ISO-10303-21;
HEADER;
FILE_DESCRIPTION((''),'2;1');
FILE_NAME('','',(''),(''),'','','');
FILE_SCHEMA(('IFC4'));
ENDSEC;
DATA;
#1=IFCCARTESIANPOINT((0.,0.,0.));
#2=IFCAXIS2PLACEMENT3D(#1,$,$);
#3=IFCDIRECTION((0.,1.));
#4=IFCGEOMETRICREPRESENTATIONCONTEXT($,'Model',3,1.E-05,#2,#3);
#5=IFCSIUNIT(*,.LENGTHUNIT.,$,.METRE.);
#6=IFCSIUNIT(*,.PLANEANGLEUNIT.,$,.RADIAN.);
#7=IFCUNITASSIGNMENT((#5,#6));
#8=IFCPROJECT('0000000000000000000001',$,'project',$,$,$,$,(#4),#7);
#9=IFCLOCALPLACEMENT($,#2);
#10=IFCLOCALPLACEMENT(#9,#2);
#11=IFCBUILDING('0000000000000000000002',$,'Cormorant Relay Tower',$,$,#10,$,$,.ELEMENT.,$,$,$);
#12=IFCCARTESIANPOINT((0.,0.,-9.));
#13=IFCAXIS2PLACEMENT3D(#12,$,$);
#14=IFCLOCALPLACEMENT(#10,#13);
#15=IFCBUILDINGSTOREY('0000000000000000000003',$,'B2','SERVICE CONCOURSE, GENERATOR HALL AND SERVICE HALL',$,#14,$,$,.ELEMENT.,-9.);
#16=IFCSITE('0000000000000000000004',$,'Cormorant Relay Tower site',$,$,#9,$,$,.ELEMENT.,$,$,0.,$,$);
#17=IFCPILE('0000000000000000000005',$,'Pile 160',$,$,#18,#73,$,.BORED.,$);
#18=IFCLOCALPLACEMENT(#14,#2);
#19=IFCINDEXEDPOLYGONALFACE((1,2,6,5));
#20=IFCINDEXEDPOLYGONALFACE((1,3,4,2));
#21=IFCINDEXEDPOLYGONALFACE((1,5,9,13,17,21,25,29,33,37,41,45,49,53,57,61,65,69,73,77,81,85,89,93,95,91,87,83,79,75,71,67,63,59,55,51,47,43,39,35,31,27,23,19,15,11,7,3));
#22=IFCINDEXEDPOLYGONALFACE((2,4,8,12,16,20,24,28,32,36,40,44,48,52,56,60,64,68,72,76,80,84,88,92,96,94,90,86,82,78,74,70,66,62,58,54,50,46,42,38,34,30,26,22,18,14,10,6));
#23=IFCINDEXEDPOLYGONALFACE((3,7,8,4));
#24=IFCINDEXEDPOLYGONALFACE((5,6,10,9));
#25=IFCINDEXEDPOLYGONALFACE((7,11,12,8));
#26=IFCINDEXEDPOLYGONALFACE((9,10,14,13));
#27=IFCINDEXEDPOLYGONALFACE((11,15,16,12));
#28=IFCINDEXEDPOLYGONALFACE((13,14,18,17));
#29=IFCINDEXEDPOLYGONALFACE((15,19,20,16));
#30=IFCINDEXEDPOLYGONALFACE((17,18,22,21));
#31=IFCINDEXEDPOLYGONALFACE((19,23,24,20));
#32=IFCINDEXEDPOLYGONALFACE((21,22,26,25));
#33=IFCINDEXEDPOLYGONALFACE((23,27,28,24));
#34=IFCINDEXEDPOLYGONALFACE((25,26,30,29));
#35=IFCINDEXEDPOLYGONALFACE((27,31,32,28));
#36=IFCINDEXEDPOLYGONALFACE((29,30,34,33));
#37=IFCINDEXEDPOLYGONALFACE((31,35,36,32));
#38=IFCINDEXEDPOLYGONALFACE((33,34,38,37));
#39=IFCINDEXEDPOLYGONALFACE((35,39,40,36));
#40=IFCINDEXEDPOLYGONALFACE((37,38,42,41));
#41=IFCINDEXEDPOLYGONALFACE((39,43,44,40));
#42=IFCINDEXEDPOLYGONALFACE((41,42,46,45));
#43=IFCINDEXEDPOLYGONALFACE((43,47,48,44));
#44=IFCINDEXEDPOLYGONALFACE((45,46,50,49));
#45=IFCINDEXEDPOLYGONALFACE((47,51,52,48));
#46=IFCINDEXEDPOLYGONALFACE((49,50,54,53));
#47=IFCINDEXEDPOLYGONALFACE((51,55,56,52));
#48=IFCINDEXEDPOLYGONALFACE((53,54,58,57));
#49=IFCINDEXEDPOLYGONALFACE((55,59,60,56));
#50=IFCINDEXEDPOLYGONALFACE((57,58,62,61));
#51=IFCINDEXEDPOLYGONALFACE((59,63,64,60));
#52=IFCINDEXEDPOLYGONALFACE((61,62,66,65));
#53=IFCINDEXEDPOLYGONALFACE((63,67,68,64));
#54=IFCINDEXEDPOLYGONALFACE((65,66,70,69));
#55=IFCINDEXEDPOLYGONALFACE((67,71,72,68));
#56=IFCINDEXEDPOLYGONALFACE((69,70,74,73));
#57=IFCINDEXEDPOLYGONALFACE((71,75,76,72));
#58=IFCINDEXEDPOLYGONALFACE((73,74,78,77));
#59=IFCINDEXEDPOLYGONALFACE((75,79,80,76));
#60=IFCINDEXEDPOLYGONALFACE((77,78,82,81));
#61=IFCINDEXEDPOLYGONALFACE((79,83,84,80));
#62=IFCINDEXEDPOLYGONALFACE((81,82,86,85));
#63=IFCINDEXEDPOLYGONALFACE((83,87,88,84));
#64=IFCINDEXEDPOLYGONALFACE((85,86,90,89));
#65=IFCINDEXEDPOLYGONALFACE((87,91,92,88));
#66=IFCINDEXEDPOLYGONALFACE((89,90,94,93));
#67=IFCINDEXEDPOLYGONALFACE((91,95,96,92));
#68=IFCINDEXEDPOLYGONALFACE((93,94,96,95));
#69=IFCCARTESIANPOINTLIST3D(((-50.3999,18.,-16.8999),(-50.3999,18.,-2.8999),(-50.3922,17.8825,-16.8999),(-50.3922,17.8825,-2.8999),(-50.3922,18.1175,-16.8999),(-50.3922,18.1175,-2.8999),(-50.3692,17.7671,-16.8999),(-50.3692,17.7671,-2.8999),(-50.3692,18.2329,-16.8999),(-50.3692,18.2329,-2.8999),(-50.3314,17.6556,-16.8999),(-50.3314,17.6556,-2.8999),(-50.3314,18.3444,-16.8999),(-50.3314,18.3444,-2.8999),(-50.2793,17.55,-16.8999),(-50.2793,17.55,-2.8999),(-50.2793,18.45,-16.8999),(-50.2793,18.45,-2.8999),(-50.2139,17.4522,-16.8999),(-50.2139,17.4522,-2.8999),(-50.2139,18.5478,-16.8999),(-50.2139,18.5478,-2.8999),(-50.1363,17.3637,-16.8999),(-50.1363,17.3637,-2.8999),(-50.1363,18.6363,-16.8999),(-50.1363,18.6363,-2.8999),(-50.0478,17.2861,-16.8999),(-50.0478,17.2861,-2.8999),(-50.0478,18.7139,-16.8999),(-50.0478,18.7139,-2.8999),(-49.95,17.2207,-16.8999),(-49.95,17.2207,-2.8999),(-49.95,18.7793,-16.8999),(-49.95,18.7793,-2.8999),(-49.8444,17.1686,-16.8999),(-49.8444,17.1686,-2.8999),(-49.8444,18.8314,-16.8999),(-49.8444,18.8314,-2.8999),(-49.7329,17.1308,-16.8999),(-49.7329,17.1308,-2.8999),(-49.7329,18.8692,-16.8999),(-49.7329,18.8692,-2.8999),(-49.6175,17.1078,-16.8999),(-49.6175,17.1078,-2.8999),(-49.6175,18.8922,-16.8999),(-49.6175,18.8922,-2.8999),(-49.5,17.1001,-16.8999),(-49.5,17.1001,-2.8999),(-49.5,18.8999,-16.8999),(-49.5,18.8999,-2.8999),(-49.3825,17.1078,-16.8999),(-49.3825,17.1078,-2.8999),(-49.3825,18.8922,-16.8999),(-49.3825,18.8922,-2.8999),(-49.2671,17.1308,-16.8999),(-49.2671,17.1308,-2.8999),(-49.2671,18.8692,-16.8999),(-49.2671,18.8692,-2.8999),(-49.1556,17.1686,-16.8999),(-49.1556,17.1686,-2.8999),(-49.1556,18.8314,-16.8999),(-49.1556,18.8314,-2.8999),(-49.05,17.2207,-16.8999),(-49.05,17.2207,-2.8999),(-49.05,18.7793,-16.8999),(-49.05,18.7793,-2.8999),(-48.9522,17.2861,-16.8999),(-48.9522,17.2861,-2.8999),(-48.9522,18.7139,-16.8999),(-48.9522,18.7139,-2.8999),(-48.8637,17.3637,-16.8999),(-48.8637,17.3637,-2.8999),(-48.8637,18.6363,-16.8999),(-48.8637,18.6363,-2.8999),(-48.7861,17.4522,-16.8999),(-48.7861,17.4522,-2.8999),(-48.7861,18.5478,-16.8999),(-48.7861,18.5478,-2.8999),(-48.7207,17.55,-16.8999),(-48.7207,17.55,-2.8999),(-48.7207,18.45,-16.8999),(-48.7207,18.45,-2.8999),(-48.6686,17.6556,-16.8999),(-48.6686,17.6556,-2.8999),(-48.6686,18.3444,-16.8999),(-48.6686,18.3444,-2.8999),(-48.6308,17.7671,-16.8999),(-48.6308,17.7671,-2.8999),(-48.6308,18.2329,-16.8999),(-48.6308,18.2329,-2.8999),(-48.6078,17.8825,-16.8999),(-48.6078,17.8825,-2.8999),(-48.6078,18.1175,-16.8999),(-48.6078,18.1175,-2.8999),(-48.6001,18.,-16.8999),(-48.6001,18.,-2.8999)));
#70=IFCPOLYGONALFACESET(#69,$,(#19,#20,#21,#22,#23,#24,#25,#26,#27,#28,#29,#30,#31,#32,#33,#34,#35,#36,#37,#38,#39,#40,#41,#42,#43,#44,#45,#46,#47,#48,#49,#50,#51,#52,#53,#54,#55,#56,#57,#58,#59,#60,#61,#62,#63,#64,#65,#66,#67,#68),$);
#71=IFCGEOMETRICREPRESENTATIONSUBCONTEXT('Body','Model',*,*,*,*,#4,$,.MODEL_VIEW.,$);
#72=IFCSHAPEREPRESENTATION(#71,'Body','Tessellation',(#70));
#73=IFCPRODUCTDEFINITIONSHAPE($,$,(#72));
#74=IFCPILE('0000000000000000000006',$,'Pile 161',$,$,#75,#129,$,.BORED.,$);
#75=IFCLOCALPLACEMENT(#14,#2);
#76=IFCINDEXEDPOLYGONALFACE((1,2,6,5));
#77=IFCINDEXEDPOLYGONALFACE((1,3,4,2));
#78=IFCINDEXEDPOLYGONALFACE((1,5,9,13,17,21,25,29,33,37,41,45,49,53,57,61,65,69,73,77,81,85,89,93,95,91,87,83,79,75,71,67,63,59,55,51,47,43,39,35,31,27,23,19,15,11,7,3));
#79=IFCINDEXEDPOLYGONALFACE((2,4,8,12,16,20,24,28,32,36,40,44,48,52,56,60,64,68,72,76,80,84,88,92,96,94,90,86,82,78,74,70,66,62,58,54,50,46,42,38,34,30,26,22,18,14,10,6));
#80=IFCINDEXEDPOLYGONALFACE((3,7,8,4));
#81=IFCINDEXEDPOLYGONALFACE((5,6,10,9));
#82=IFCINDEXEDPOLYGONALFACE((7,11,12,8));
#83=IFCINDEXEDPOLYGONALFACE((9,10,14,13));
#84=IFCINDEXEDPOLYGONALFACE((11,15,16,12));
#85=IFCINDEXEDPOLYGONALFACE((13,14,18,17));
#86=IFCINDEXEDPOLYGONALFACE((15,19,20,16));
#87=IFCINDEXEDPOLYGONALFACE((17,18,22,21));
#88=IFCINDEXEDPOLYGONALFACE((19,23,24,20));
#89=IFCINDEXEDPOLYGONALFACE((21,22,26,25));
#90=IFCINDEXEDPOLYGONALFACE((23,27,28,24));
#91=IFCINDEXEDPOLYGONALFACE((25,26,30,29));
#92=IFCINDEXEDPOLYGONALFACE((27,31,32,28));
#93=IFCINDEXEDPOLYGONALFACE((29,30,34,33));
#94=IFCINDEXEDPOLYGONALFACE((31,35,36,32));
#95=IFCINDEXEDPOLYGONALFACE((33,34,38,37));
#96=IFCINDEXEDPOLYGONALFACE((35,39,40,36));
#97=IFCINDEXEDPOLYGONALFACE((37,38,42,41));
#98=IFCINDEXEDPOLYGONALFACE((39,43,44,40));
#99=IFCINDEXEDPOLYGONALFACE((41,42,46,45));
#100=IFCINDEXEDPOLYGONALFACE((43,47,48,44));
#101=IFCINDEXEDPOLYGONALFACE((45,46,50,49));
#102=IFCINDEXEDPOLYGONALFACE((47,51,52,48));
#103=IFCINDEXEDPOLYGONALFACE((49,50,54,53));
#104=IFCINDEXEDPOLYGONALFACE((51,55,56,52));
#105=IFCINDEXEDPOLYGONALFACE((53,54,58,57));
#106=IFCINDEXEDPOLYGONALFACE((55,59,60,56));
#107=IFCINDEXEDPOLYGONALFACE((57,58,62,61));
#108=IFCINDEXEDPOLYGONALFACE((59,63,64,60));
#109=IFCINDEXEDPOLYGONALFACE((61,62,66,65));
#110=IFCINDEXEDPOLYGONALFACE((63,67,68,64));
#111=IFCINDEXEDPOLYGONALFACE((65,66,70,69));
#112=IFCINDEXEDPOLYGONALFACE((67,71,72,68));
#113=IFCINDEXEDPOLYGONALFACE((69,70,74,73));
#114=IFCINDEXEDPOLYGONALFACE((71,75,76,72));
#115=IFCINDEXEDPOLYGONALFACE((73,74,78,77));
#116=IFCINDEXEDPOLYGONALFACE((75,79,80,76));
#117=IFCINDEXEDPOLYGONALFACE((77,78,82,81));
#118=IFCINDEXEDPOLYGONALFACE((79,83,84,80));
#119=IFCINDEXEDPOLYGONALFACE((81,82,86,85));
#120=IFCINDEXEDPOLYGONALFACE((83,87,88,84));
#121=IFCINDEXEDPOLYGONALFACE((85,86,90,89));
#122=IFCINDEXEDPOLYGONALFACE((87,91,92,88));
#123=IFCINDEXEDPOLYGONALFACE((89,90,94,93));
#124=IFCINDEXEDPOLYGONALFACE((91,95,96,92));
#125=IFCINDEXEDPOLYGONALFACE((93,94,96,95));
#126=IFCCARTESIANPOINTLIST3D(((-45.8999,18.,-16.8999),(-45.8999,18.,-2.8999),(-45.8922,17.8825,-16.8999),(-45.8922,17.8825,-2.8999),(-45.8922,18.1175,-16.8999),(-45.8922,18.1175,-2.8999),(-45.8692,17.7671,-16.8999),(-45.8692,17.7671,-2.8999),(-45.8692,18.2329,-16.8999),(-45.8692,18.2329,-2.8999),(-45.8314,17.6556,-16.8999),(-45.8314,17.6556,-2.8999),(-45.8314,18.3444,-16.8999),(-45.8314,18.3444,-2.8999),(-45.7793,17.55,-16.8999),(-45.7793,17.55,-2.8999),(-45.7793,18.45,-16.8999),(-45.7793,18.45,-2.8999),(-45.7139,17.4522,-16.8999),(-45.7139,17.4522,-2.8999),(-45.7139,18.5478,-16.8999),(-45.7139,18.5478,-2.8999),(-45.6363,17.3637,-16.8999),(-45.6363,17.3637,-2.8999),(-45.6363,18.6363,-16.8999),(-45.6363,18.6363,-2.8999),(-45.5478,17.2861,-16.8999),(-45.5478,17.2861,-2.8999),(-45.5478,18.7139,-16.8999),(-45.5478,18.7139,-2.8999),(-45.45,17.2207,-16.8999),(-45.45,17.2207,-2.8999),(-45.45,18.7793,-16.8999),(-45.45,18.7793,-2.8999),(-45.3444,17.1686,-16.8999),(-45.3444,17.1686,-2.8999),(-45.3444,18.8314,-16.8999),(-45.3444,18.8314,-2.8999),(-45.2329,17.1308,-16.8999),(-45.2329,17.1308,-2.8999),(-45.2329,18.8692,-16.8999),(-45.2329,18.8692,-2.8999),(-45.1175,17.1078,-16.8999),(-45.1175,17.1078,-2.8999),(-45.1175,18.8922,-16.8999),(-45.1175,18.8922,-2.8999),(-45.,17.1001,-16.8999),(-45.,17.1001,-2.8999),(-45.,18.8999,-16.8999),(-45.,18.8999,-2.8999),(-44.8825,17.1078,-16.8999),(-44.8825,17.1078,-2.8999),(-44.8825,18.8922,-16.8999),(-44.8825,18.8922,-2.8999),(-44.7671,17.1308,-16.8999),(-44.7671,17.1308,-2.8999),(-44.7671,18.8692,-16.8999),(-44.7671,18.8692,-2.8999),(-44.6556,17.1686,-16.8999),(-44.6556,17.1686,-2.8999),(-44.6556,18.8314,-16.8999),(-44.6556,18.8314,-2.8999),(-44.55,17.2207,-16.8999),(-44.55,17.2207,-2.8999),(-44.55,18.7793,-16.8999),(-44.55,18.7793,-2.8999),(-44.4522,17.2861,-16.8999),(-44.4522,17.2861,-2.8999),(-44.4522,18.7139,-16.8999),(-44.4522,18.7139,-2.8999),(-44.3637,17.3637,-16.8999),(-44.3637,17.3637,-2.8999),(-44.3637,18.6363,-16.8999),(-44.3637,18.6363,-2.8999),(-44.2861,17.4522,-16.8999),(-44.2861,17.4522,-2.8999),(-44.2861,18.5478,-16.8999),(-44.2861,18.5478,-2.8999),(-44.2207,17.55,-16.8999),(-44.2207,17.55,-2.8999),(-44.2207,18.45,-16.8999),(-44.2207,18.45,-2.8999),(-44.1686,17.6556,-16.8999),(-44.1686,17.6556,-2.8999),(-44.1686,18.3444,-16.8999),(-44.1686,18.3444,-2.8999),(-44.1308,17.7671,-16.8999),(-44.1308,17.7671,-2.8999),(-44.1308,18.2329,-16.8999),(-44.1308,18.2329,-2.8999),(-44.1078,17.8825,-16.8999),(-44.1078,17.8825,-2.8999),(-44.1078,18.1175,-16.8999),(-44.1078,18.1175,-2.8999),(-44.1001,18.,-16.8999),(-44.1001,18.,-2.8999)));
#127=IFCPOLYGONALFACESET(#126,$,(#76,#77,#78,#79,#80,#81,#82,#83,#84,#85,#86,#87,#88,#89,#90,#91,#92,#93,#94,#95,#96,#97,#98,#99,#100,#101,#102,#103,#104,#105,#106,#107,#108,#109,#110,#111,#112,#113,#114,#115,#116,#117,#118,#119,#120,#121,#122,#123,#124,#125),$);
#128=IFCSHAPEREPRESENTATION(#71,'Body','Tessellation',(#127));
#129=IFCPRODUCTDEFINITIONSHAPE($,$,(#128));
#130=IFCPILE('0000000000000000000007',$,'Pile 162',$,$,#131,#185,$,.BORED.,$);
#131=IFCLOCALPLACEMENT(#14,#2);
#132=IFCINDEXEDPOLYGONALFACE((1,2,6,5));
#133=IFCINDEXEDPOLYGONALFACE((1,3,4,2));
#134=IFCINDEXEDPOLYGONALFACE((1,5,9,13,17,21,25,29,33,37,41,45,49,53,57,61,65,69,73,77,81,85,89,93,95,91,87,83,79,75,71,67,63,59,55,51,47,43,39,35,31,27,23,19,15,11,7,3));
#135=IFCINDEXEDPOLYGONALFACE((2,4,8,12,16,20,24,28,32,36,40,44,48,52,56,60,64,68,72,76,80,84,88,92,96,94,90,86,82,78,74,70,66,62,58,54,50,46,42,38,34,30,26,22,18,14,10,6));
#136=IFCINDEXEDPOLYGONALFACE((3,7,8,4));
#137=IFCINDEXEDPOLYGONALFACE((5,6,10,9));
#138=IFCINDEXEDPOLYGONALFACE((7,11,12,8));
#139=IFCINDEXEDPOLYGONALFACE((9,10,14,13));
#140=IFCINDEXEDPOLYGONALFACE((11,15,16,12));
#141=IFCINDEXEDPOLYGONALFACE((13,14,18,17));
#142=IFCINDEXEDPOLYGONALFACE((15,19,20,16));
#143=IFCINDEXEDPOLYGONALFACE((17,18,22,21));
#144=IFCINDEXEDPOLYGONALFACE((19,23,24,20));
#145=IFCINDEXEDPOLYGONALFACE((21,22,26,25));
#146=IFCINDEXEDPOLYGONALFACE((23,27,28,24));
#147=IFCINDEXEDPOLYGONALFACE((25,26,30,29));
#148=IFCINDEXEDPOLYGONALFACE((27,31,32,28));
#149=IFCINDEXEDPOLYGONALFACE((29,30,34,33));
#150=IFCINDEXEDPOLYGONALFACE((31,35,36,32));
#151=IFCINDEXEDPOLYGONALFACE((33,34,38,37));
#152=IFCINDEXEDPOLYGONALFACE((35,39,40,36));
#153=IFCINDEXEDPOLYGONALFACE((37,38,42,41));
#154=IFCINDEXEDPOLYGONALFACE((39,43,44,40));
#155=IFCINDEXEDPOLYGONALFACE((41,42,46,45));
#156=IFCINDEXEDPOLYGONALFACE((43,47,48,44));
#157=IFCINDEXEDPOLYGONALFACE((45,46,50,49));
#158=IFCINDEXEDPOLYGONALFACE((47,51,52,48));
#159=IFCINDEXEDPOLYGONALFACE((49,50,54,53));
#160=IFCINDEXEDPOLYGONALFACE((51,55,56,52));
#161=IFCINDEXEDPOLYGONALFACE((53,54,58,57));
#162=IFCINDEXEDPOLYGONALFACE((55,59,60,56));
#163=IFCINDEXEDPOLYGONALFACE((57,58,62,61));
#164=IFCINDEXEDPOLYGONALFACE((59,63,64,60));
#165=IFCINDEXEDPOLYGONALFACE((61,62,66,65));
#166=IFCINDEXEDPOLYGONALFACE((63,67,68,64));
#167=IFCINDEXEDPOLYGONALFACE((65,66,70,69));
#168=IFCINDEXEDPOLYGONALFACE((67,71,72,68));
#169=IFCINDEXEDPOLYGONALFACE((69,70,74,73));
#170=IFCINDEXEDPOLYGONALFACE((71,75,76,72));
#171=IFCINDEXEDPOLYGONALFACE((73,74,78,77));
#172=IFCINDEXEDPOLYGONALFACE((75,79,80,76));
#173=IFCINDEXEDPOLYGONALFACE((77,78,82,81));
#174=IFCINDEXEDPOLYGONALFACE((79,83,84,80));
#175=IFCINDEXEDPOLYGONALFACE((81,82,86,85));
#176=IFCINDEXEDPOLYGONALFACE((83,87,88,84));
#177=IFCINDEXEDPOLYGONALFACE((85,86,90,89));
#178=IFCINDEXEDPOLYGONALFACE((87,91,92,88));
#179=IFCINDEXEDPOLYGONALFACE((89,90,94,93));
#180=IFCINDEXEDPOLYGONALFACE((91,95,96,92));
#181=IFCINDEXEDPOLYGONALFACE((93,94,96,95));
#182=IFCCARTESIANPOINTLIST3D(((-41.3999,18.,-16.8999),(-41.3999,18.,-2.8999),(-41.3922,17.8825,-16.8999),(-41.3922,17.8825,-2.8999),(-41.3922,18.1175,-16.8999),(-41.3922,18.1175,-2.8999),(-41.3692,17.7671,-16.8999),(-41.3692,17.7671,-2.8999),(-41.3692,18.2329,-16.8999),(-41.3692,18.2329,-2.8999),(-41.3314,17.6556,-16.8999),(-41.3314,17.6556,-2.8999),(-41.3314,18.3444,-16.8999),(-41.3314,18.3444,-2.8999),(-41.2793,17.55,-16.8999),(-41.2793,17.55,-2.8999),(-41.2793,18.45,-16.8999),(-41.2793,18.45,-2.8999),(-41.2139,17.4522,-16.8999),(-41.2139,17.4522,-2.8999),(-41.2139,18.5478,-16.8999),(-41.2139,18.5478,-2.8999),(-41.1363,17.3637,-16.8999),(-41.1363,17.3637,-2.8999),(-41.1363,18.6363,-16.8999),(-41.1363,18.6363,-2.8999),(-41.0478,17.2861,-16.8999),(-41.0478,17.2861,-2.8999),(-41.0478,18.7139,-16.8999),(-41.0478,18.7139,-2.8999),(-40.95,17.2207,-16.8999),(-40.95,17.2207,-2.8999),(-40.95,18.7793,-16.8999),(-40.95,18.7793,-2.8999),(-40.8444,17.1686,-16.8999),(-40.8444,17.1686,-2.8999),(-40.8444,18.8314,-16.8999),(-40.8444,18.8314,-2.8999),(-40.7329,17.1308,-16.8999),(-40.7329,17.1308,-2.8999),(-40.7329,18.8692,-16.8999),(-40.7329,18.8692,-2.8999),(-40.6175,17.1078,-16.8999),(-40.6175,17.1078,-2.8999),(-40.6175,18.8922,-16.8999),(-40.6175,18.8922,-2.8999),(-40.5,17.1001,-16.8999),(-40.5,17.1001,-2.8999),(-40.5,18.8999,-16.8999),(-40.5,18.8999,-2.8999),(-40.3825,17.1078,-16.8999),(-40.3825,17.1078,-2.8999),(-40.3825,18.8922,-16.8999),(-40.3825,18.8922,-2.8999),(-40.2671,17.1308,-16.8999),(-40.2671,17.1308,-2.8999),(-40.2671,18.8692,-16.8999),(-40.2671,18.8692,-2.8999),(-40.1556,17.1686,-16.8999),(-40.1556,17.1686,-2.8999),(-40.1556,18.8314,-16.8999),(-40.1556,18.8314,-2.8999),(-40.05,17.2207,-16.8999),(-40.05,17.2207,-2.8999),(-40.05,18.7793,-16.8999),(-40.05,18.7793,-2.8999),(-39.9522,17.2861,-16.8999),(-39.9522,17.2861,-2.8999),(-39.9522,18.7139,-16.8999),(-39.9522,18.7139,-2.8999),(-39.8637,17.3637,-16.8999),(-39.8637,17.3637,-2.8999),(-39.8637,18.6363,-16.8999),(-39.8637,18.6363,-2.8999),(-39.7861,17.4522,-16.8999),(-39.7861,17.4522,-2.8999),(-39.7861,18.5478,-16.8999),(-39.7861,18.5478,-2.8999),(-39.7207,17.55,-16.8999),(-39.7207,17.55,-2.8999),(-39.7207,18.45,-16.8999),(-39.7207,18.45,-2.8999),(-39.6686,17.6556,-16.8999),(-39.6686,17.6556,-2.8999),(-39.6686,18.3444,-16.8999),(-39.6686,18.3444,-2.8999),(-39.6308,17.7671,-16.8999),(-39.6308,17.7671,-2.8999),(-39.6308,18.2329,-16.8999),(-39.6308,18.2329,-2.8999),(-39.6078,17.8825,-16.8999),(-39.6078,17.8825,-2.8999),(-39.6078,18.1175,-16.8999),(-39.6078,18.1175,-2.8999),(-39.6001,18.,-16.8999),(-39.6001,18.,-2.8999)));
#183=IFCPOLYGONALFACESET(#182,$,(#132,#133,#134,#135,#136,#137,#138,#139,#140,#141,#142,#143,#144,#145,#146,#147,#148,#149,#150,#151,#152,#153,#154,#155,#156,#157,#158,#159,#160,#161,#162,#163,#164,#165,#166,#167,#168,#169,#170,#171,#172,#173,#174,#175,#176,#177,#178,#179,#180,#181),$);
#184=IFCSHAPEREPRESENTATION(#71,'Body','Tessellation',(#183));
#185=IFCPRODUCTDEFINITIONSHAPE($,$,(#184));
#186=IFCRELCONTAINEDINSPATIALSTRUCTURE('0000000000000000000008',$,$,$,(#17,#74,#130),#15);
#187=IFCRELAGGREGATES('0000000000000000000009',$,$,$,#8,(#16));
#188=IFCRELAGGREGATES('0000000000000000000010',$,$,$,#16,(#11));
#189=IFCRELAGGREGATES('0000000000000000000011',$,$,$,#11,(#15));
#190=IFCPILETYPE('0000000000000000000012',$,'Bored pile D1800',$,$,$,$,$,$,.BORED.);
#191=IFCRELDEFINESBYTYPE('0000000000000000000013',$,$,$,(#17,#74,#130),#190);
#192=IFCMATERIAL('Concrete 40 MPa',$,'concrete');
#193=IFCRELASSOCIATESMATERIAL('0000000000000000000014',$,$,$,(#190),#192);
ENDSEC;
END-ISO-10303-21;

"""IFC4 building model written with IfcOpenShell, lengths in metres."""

from ifc_helpers import new_model, si_unit, direction, frame, origin, origin_2d, place, context, subcontext, project, spatial, circle, extrude, material, material_profile, profile_set, type_object, element, save


model = new_model("IFC4")

# Units and contexts
model_context = context("Model", 3, precision=1e-05, world=origin(), true_north=direction((0.0, 1.0)))
body_context = subcontext(model_context, "Body", "Model", "MODEL_VIEW")
ifc_project = project(units=[si_unit("LENGTHUNIT", "METRE"), si_unit("PLANEANGLEUNIT", "RADIAN")], contexts=[model_context])

# Site, building, storey
site_placement = place(None, origin())
site = spatial("IfcSite", under=ifc_project, at=site_placement, Name="Cormorant Relay Tower site", CompositionType="ELEMENT", RefElevation=0.0)
building_placement = place(site_placement, origin())
building = spatial("IfcBuilding", under=site, at=building_placement, Name="Cormorant Relay Tower", CompositionType="ELEMENT")
storey_placement = place(building_placement, frame((0.0, 0.0, -9.0)))
storey = spatial("IfcBuildingStorey", under=building, at=storey_placement, Name="B2", Description="SERVICE CONCOURSE, GENERATOR HALL AND SERVICE HALL", CompositionType="ELEMENT", Elevation=-9.0)

# Piles
ifc_material_1 = material(Name="Concrete 40 MPa", Category="concrete")
ifc_material_profile_1 = material_profile(ifc_material_1, circle(Radius=0.8999, at=origin_2d()), Name="BP1800")
ifc_profile_set_1 = profile_set([ifc_material_profile_1], Name="Concrete 40 MPa")
pile_type = type_object("IfcPileType", Name="Bored pile D1800", PredefinedType="BORED", material=ifc_profile_set_1)
for number, where, z_axis, x_axis, name in (
    (1, (-49.5, 18.0, -2.8999), (0.0, 0.0, -1.0), (1.0, 0.0, 0.0), "Pile 160"),
    (2, (-45.0, 18.0, -2.8999), (0.0, 0.0, -1.0), (1.0, 0.0, 0.0), "Pile 161"),
    (3, (-40.5, 18.0, -2.8999), (0.0, 0.0, -1.0), (1.0, 0.0, 0.0), "Pile 162"),
):
    element("IfcPile", number, at=place(storey_placement, frame(where, z_axis=z_axis, x_axis=x_axis)), inside=storey, type_object=pile_type, Name=name, PredefinedType="BORED", context=body_context, shape_type="SweptSolid", body=[
        extrude(circle(Radius=0.8999, at=origin_2d()), origin(), (0.0, 0.0, 1.0), 14.0),
    ])

save(model, "model.ifc")
